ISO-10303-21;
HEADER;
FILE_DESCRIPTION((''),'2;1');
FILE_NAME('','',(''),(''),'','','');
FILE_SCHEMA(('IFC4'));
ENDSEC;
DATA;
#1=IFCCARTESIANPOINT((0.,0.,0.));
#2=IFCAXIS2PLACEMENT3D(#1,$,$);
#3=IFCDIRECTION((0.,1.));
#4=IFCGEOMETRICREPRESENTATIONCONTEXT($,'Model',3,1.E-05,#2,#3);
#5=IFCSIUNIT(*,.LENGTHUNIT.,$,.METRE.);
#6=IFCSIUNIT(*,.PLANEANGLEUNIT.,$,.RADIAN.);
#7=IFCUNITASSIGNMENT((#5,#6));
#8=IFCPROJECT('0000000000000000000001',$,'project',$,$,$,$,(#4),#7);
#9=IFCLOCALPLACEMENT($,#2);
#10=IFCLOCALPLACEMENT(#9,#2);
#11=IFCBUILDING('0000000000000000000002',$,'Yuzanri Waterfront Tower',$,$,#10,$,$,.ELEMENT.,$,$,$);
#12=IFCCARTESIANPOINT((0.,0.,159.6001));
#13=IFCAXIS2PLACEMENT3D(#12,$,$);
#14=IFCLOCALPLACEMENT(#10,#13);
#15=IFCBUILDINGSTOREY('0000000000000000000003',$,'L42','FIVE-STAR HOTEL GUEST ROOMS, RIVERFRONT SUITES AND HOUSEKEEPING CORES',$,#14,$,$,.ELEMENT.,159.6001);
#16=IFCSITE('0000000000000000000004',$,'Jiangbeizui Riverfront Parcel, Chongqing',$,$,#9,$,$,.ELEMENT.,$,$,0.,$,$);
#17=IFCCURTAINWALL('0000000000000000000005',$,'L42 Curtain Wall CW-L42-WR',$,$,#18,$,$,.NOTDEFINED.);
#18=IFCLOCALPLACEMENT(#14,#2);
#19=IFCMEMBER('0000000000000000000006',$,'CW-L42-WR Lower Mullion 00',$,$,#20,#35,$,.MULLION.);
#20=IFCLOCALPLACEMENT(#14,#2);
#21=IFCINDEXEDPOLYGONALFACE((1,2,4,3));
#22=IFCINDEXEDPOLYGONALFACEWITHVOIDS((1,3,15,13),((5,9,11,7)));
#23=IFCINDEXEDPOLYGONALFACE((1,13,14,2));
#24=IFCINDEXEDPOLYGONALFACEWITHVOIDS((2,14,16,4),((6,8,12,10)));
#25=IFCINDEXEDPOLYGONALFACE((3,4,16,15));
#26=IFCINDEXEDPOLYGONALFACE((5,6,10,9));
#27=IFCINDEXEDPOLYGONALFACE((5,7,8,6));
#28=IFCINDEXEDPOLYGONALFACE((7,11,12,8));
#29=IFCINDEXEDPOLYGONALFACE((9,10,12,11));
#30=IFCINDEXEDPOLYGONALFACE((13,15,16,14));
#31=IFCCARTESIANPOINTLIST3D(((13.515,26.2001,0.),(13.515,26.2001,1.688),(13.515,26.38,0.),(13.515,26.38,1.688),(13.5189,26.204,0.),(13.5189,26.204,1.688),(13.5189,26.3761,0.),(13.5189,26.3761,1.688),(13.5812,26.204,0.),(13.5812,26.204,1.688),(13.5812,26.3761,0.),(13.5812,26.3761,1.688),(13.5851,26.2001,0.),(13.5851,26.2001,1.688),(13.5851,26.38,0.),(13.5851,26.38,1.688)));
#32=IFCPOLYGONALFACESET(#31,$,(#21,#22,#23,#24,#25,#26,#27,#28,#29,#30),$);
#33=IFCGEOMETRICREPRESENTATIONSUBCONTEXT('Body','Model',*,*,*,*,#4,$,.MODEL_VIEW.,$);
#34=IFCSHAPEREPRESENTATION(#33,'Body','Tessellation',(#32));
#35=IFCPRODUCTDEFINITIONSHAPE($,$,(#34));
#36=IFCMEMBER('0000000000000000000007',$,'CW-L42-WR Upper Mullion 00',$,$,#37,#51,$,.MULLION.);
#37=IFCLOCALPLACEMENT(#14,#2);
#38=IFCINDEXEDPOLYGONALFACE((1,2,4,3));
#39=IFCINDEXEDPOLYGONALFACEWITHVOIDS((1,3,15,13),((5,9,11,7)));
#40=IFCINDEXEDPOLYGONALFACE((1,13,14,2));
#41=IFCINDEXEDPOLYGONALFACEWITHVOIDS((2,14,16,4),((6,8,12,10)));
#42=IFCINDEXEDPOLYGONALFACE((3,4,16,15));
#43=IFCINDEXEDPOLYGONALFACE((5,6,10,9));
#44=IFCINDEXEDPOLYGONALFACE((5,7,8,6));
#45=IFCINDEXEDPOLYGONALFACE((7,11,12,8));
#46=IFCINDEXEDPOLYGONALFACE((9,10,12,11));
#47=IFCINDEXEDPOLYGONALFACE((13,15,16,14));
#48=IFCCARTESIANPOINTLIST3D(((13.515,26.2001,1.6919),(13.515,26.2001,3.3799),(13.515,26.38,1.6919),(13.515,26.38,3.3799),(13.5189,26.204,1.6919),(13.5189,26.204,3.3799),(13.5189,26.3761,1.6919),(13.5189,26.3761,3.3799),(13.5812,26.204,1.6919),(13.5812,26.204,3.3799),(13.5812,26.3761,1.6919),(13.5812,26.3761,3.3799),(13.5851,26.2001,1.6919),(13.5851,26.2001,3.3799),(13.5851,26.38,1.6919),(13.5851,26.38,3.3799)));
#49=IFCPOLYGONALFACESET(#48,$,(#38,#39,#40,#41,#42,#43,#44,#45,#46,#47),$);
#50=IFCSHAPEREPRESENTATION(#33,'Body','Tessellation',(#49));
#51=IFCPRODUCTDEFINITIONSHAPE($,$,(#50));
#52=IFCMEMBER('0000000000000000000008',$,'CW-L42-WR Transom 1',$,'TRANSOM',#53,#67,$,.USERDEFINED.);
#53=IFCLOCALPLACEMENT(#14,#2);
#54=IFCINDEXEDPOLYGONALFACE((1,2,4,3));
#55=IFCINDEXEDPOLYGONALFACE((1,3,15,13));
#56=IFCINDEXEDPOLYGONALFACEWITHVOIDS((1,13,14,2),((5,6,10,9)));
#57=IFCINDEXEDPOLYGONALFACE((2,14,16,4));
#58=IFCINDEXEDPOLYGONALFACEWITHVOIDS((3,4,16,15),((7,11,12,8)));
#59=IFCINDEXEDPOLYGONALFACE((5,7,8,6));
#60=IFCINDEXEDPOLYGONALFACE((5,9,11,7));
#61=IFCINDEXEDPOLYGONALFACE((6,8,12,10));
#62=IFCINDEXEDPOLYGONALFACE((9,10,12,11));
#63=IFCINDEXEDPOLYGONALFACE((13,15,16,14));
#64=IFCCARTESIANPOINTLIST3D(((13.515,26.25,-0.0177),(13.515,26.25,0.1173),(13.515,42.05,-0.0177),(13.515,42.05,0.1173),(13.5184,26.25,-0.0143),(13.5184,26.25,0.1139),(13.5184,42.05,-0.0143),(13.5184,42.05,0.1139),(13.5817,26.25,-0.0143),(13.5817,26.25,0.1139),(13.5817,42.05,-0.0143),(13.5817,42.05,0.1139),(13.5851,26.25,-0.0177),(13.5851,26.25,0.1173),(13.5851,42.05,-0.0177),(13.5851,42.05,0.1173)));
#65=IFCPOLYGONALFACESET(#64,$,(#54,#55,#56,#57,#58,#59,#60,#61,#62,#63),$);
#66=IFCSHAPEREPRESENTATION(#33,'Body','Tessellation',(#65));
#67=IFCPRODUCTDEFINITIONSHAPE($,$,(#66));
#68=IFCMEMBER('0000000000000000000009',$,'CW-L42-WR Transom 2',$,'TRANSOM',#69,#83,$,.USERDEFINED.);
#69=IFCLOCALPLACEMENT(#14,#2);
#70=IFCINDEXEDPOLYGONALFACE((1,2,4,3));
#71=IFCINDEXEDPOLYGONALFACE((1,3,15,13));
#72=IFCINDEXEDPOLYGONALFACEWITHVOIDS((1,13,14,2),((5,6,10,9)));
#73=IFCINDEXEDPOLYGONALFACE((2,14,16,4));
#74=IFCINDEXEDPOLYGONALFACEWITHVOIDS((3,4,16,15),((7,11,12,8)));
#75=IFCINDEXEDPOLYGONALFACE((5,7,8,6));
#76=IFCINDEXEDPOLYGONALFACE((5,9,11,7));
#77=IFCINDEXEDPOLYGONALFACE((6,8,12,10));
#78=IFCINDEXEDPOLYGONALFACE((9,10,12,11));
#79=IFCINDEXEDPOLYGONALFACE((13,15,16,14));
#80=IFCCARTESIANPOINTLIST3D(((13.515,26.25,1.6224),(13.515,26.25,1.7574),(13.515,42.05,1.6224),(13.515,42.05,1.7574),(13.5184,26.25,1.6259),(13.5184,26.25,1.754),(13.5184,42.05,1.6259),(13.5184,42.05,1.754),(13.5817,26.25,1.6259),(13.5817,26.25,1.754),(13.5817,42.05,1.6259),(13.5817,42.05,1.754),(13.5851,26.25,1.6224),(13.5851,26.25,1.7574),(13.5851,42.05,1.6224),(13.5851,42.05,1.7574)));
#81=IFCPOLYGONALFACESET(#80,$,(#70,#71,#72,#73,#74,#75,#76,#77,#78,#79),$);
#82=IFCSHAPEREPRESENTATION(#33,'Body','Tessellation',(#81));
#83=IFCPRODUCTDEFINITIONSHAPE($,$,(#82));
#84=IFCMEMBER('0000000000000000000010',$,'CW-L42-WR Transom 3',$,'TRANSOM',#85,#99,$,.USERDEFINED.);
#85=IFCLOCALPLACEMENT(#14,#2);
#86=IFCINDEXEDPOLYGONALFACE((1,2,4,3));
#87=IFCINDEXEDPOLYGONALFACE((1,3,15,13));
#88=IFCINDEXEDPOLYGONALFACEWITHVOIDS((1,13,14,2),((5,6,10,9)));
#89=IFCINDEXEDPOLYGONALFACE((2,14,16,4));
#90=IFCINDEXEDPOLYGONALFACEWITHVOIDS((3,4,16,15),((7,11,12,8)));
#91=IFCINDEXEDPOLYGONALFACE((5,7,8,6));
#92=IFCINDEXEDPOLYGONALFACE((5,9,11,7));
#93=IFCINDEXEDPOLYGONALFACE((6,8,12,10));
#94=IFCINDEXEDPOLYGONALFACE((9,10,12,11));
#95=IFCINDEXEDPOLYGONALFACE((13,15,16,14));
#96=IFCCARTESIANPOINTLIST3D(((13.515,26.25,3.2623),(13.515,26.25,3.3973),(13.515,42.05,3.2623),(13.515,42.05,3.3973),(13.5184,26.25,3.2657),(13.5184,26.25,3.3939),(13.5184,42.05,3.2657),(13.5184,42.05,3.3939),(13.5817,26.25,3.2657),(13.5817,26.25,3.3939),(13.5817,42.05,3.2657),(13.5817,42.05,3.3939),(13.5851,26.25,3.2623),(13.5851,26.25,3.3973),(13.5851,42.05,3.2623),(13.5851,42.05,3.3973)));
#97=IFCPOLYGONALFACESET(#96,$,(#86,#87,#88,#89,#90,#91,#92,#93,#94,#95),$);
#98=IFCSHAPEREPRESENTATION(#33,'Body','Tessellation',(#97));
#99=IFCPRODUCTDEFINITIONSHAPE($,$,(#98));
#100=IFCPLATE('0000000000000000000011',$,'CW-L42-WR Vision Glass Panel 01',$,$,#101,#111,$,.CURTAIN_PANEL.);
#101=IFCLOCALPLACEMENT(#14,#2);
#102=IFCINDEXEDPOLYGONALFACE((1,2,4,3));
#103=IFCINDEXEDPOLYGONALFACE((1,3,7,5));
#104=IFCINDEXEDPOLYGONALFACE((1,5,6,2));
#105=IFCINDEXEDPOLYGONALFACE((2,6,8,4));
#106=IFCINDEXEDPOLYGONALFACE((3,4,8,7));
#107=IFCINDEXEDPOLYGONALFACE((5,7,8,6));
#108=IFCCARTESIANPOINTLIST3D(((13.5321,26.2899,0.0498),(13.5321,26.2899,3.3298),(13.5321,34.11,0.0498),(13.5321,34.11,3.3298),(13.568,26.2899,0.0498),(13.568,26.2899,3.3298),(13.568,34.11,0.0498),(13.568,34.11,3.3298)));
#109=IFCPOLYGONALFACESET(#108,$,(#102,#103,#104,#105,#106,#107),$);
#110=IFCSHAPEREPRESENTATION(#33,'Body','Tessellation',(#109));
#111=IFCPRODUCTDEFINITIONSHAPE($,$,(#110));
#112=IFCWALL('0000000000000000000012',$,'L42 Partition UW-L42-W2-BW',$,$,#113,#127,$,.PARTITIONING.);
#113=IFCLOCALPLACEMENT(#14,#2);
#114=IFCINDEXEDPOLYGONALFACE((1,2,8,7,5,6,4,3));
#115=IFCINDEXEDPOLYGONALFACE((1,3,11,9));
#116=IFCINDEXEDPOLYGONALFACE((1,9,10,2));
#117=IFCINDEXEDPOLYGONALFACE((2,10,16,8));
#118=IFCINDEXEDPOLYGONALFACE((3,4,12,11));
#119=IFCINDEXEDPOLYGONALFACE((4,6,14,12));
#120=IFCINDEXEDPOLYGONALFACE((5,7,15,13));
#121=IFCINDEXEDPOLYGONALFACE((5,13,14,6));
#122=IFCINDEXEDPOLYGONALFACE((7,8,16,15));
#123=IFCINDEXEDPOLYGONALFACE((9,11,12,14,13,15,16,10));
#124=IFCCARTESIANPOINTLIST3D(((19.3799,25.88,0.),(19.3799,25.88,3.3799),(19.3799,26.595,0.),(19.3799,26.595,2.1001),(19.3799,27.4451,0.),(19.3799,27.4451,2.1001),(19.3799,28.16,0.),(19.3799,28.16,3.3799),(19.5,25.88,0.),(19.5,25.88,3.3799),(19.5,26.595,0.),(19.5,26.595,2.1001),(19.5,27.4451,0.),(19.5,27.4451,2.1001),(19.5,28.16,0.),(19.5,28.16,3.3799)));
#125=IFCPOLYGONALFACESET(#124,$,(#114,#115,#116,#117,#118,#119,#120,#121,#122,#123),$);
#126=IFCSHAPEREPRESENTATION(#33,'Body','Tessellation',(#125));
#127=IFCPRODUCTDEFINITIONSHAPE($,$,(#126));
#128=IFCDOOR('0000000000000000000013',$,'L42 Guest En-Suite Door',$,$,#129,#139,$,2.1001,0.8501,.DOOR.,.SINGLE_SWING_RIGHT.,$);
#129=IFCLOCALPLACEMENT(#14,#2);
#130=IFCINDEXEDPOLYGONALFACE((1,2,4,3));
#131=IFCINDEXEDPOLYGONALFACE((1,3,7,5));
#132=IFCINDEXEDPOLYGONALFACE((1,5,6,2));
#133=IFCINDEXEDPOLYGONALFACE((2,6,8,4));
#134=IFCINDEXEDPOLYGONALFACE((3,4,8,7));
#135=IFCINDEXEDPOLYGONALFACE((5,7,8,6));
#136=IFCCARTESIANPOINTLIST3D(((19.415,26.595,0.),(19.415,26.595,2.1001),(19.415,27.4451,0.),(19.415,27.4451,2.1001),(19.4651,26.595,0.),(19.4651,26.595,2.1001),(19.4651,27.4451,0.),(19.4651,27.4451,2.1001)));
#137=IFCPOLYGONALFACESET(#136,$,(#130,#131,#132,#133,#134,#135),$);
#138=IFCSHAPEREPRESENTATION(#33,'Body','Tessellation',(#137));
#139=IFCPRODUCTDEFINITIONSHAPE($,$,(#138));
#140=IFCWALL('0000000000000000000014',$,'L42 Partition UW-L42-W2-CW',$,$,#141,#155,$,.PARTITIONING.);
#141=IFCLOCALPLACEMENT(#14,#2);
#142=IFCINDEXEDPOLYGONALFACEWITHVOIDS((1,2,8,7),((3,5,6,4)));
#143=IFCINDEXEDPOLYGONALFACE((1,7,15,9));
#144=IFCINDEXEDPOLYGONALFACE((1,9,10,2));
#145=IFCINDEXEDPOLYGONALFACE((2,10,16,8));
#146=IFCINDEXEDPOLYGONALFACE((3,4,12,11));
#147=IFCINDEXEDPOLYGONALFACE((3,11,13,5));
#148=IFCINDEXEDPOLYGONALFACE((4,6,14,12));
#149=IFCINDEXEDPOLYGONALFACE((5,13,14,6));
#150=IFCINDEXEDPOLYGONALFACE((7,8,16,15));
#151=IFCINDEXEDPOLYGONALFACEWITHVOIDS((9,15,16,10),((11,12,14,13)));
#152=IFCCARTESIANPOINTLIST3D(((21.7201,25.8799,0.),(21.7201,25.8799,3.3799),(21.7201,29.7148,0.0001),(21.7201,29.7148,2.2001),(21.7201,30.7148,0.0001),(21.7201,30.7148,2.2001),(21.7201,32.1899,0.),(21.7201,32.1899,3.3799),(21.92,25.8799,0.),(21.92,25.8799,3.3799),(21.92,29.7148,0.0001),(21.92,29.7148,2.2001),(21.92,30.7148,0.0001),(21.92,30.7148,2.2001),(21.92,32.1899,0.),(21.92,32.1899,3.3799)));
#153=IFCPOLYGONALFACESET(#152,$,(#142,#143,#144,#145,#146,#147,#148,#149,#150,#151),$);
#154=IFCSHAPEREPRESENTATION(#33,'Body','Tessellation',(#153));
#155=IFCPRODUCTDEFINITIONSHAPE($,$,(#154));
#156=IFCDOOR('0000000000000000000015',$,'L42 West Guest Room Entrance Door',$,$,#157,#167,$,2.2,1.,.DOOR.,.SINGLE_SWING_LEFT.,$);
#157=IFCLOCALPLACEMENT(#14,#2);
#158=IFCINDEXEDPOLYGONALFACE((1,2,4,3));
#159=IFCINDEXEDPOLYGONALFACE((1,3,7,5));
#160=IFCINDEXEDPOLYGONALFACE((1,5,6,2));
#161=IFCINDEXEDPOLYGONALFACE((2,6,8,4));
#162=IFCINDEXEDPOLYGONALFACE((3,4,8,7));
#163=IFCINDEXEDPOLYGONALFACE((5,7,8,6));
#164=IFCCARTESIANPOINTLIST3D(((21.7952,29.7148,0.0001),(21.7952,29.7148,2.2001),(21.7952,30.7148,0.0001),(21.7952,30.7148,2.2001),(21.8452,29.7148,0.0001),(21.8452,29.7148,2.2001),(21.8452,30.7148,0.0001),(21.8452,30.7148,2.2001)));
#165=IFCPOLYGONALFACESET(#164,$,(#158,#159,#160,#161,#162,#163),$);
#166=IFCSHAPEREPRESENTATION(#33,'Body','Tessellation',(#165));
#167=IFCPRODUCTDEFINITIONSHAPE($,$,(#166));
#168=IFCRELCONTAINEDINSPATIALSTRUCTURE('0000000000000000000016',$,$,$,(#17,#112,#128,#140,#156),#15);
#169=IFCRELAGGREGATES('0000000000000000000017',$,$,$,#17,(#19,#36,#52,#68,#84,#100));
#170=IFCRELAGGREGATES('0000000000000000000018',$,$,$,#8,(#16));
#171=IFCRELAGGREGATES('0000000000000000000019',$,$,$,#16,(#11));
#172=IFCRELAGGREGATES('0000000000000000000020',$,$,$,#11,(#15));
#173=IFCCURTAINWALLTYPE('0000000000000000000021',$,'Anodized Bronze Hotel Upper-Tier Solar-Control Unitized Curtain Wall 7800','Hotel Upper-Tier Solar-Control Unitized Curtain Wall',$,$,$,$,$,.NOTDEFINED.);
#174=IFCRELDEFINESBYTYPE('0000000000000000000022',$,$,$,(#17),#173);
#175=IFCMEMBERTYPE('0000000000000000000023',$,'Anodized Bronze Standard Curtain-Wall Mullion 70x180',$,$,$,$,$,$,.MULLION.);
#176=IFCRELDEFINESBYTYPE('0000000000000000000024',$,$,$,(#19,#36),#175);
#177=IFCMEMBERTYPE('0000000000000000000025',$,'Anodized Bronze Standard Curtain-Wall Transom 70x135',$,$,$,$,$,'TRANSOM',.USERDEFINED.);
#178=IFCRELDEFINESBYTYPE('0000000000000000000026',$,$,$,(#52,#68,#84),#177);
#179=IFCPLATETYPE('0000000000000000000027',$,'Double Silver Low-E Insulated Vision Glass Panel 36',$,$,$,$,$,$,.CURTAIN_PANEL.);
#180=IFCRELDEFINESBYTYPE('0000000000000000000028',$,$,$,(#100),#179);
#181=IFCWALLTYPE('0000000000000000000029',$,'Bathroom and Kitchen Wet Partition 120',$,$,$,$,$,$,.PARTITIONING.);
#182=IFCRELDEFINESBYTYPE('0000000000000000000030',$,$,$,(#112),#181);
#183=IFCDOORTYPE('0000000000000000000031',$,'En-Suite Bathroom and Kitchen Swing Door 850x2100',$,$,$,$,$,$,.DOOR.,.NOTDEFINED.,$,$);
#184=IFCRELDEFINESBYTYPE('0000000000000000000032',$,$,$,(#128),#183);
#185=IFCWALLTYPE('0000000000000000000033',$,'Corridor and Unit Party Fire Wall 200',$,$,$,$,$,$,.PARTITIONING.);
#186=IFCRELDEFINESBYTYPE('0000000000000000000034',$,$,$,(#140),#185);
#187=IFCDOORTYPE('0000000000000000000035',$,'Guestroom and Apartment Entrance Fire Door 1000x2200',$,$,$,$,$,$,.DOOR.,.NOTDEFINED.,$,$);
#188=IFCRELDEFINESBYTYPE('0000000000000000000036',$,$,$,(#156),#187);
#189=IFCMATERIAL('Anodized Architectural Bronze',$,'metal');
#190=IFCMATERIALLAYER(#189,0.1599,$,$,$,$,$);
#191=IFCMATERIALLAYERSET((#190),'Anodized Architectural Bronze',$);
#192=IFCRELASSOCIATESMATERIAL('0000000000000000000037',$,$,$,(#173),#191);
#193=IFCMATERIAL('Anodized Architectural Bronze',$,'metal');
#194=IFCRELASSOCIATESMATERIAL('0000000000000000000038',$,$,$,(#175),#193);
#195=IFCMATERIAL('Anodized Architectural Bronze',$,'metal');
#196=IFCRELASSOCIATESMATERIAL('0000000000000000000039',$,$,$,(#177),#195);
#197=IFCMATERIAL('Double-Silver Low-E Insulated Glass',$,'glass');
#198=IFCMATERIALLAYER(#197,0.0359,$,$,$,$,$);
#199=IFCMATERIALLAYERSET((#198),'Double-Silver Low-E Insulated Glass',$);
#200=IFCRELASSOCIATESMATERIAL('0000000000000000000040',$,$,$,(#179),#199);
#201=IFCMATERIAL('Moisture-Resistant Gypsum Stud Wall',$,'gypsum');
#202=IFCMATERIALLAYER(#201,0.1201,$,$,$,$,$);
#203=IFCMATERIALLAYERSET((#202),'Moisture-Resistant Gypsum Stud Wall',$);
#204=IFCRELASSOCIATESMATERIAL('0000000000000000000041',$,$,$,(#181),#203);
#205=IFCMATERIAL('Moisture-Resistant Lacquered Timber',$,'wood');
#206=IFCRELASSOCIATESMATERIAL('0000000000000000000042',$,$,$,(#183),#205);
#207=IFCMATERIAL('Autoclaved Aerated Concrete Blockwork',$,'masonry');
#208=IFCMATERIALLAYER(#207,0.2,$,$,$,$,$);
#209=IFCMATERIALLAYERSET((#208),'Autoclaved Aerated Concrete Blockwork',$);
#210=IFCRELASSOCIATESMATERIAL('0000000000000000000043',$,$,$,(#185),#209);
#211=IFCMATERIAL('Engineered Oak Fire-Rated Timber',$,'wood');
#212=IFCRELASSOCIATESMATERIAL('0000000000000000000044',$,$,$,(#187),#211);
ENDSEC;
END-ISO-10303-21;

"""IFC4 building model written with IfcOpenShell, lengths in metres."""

from ifc_helpers import new_model, si_unit, direction, frame, frame_2d, origin, origin_2d, place, context, subcontext, project, spatial, rectangle, hollow_rectangle, extrude, source, transform, mapped, material, layer, layer_set, material_profile, profile_set, type_object, element, fill, aggregate, save


model = new_model("IFC4")

# Units and contexts
model_context = context("Model", 3, precision=1e-05, world=origin(), true_north=direction((0.0, 1.0)))
body_context = subcontext(model_context, "Body", "Model", "MODEL_VIEW")
ifc_project = project(units=[si_unit("LENGTHUNIT", "METRE"), si_unit("PLANEANGLEUNIT", "RADIAN")], contexts=[model_context])

# Site, building, storey
site_placement = place(None, origin())
site = spatial("IfcSite", under=ifc_project, at=site_placement, Name="Jiangbeizui Riverfront Parcel, Chongqing", CompositionType="ELEMENT", RefElevation=0.0)
building_placement = place(site_placement, origin())
building = spatial("IfcBuilding", under=site, at=building_placement, Name="Yuzanri Waterfront Tower", CompositionType="ELEMENT")
storey_placement = place(building_placement, frame((0.0, 0.0, 159.6001)))
storey = spatial("IfcBuildingStorey", under=building, at=storey_placement, Name="L42", Description="FIVE-STAR HOTEL GUEST ROOMS, RIVERFRONT SUITES AND HOUSEKEEPING CORES", CompositionType="ELEMENT", Elevation=159.6001)

# Shared definitions
ifc_material_1 = material(Name="Anodized Architectural Bronze", Category="metal")
ifc_layer_1 = layer(ifc_material_1, 0.1599)
ifc_layer_set_1 = layer_set([ifc_layer_1], Name="Anodized Architectural Bronze")
curtain_wall_type = type_object("IfcCurtainWallType", Name="Anodized Bronze Hotel Upper-Tier Solar-Control Unitized Curtain Wall 7800", Description="Hotel Upper-Tier Solar-Control Unitized Curtain Wall", PredefinedType="NOTDEFINED", material=ifc_layer_set_1)
ifc_material_2 = material(Name="Anodized Architectural Bronze", Category="metal")
ifc_material_profile_1 = material_profile(ifc_material_2, hollow_rectangle(XDim=0.0701, YDim=0.1799, WallThickness=0.0039, at=origin_2d()), Name="CWM 70x180")
ifc_profile_set_1 = profile_set([ifc_material_profile_1], Name="Anodized Architectural Bronze")
member_type_1 = type_object("IfcMemberType", Name="Anodized Bronze Standard Curtain-Wall Mullion 70x180", PredefinedType="MULLION", material=ifc_profile_set_1)
shared_shape_1 = source(origin(), body_context, "Body", "SweptSolid", [
    extrude(hollow_rectangle(XDim=0.0701, YDim=0.1799, WallThickness=0.0039, at=origin_2d()), origin(), (0.0, 0.0, 1.0), 1.688),
])

# Curtain wall, members, plate
curtain_wall_1_placement = place(storey_placement, origin())
curtain_wall_1 = element("IfcCurtainWall", 1, at=curtain_wall_1_placement, inside=storey, type_object=curtain_wall_type, Name="L42 Curtain Wall CW-L42-WR", PredefinedType="NOTDEFINED")
member_1_placement = place(storey_placement, frame((13.55, 26.29, 0.0), z_axis=(0.0, 0.0, 1.0), x_axis=(1.0, 0.0, 0.0)))
member_1 = element("IfcMember", 2, at=member_1_placement, type_object=member_type_1, Name="CW-L42-WR Lower Mullion 00", PredefinedType="MULLION", context=body_context, shape_type="MappedRepresentation", body=[
    mapped(shared_shape_1, transform((0.0, 0.0, 0.0), scale=1.0)),
])
member_2_placement = place(storey_placement, frame((13.55, 26.29, 1.6919), z_axis=(0.0, 0.0, 1.0), x_axis=(1.0, 0.0, 0.0)))
member_2 = element("IfcMember", 3, at=member_2_placement, type_object=member_type_1, Name="CW-L42-WR Upper Mullion 00", PredefinedType="MULLION", context=body_context, shape_type="MappedRepresentation", body=[
    mapped(shared_shape_1, transform((0.0, 0.0, 0.0), scale=1.0)),
])
ifc_material_3 = material(Name="Anodized Architectural Bronze", Category="metal")
ifc_material_profile_2 = material_profile(ifc_material_3, hollow_rectangle(XDim=0.0701, YDim=0.135, WallThickness=0.0034, at=origin_2d()), Name="CWT 70x135")
ifc_profile_set_2 = profile_set([ifc_material_profile_2], Name="Anodized Architectural Bronze")
member_type_2 = type_object("IfcMemberType", Name="Anodized Bronze Standard Curtain-Wall Transom 70x135", ElementType="TRANSOM", PredefinedType="USERDEFINED", material=ifc_profile_set_2)
shared_shape_2 = source(origin(), body_context, "Body", "SweptSolid", [
    extrude(hollow_rectangle(XDim=0.0701, YDim=0.135, WallThickness=0.0034, at=origin_2d()), origin(), (0.0, 0.0, 1.0), 15.8),
])
member_3_placement = place(storey_placement, frame((13.55, 26.25, 0.0498), z_axis=(0.0, 1.0, 0.0), x_axis=(-1.0, 0.0, 0.0)))
member_3 = element("IfcMember", 4, at=member_3_placement, type_object=member_type_2, Name="CW-L42-WR Transom 1", ObjectType="TRANSOM", PredefinedType="USERDEFINED", context=body_context, shape_type="MappedRepresentation", body=[
    mapped(shared_shape_2, transform((0.0, 0.0, 0.0), scale=1.0)),
])
member_4_placement = place(storey_placement, frame((13.55, 26.25, 1.6899), z_axis=(0.0, 1.0, 0.0), x_axis=(-1.0, 0.0, 0.0)))
member_4 = element("IfcMember", 5, at=member_4_placement, type_object=member_type_2, Name="CW-L42-WR Transom 2", ObjectType="TRANSOM", PredefinedType="USERDEFINED", context=body_context, shape_type="MappedRepresentation", body=[
    mapped(shared_shape_2, transform((0.0, 0.0, 0.0), scale=1.0)),
])
member_5_placement = place(storey_placement, frame((13.55, 26.25, 3.3298), z_axis=(0.0, 1.0, 0.0), x_axis=(-1.0, 0.0, 0.0)))
member_5 = element("IfcMember", 6, at=member_5_placement, type_object=member_type_2, Name="CW-L42-WR Transom 3", ObjectType="TRANSOM", PredefinedType="USERDEFINED", context=body_context, shape_type="MappedRepresentation", body=[
    mapped(shared_shape_2, transform((0.0, 0.0, 0.0), scale=1.0)),
])
ifc_material_4 = material(Name="Double-Silver Low-E Insulated Glass", Category="glass")
ifc_layer_2 = layer(ifc_material_4, 0.0359)
ifc_layer_set_2 = layer_set([ifc_layer_2], Name="Double-Silver Low-E Insulated Glass")
plate_type = type_object("IfcPlateType", Name="Double Silver Low-E Insulated Vision Glass Panel 36", PredefinedType="CURTAIN_PANEL", material=ifc_layer_set_2)
shared_shape_3 = source(origin(), body_context, "Body", "SweptSolid", [
    extrude(rectangle(XDim=7.8201, YDim=0.0359, at=origin_2d()), origin(), (0.0, 0.0, 1.0), 3.28),
])
plate_placement = place(storey_placement, frame((13.55, 30.2, 0.0498), z_axis=(0.0, 0.0, 1.0), x_axis=(0.0, 1.0, 0.0)))
plate = element("IfcPlate", 7, at=plate_placement, type_object=plate_type, Name="CW-L42-WR Vision Glass Panel 01", PredefinedType="CURTAIN_PANEL", context=body_context, shape_type="MappedRepresentation", body=[
    mapped(shared_shape_3, transform((0.0, 0.0, 0.0), scale=1.0)),
])
aggregate(curtain_wall_1, [member_1, member_2, member_3, member_4, member_5, plate])

# Wall, opening, door
ifc_material_5 = material(Name="Moisture-Resistant Gypsum Stud Wall", Category="gypsum")
ifc_layer_3 = layer(ifc_material_5, 0.1201)
ifc_layer_set_3 = layer_set([ifc_layer_3], Name="Moisture-Resistant Gypsum Stud Wall")
wall_type_1 = type_object("IfcWallType", Name="Bathroom and Kitchen Wet Partition 120", PredefinedType="PARTITIONING", material=ifc_layer_set_3)
wall_1_placement = place(storey_placement, frame((19.4399, 25.8799, 0.0), z_axis=(0.0, 0.0, 1.0), x_axis=(0.0, 1.0, 0.0)))
wall_1 = element("IfcWall", 8, at=wall_1_placement, inside=storey, type_object=wall_type_1, Name="L42 Partition UW-L42-W2-BW", PredefinedType="PARTITIONING", context=body_context, shape_type="SweptSolid", body=[
    extrude(rectangle(XDim=2.28, YDim=0.1201, at=frame_2d((1.1401, 0.0))), origin(), (0.0, 0.0, 1.0), 3.3799),
])
opening_1_placement = place(wall_1_placement, frame((0.7151, 0.0, 0.0)))
opening_1 = element("IfcOpeningElement", 9, at=opening_1_placement, cuts=wall_1, PredefinedType="OPENING", context=body_context, shape_type="SweptSolid", body=[
    extrude(rectangle(XDim=0.8501, YDim=2.1001, at=frame_2d((0.425, 1.05))), frame((0.0, 0.075, 0.0), z_axis=(0.0, -1.0, 0.0), x_axis=(1.0, 0.0, 0.0)), (0.0, 0.0, 1.0), 0.1499),
])
ifc_material_6 = material(Name="Moisture-Resistant Lacquered Timber", Category="wood")
door_type_1 = type_object("IfcDoorType", Name="En-Suite Bathroom and Kitchen Swing Door 850x2100", OperationType="NOTDEFINED", PredefinedType="DOOR", material=ifc_material_6)
shared_shape_4 = source(origin(), body_context, "Body", "SweptSolid", [
    extrude(rectangle(XDim=0.8501, YDim=2.1001, at=frame_2d((0.425, 1.05))), frame((0.0, 0.0249, 0.0), z_axis=(0.0, -1.0, 0.0), x_axis=(1.0, 0.0, 0.0)), (0.0, 0.0, 1.0), 0.05),
])
door_1_placement = place(opening_1_placement, origin())
door_1 = element("IfcDoor", 10, at=door_1_placement, inside=storey, type_object=door_type_1, Name="L42 Guest En-Suite Door", OperationType="SINGLE_SWING_RIGHT", OverallHeight=2.1001, OverallWidth=0.8501, PredefinedType="DOOR", context=body_context, shape_type="MappedRepresentation", body=[
    mapped(shared_shape_4, transform((0.0, 0.0, 0.0), scale=1.0)),
])
fill(opening_1, door_1)

# Wall, opening, door
ifc_material_7 = material(Name="Autoclaved Aerated Concrete Blockwork", Category="masonry")
ifc_layer_4 = layer(ifc_material_7, 0.2)
ifc_layer_set_4 = layer_set([ifc_layer_4], Name="Autoclaved Aerated Concrete Blockwork")
wall_type_2 = type_object("IfcWallType", Name="Corridor and Unit Party Fire Wall 200", PredefinedType="PARTITIONING", material=ifc_layer_set_4)
wall_2_placement = place(storey_placement, frame((21.8201, 25.8799, 0.0), z_axis=(0.0, 0.0, 1.0), x_axis=(0.0, 1.0, 0.0)))
wall_2 = element("IfcWall", 11, at=wall_2_placement, inside=storey, type_object=wall_type_2, Name="L42 Partition UW-L42-W2-CW", PredefinedType="PARTITIONING", context=body_context, shape_type="SweptSolid", body=[
    extrude(rectangle(XDim=6.3101, YDim=0.2, at=frame_2d((3.155, 0.0))), origin(), (0.0, 0.0, 1.0), 3.3799),
])
opening_2_placement = place(wall_2_placement, frame((3.835, 0.0, 0.0)))
opening_2 = element("IfcOpeningElement", 12, at=opening_2_placement, cuts=wall_2, PredefinedType="OPENING", context=body_context, shape_type="SweptSolid", body=[
    extrude(rectangle(XDim=1.0, YDim=2.2, at=frame_2d((0.5, 1.1001))), frame((0.0, 0.1147, 0.0), z_axis=(0.0, -1.0, 0.0), x_axis=(1.0, 0.0, 0.0)), (0.0, 0.0, 1.0), 0.2297),
])
ifc_material_8 = material(Name="Engineered Oak Fire-Rated Timber", Category="wood")
door_type_2 = type_object("IfcDoorType", Name="Guestroom and Apartment Entrance Fire Door 1000x2200", OperationType="NOTDEFINED", PredefinedType="DOOR", material=ifc_material_8)
shared_shape_5 = source(origin(), body_context, "Body", "SweptSolid", [
    extrude(rectangle(XDim=1.0, YDim=2.2, at=frame_2d((0.5, 1.1001))), frame((0.0, 0.0249, 0.0), z_axis=(0.0, -1.0, 0.0), x_axis=(1.0, 0.0, 0.0)), (0.0, 0.0, 1.0), 0.05),
])
door_2_placement = place(opening_2_placement, origin())
door_2 = element("IfcDoor", 13, at=door_2_placement, inside=storey, type_object=door_type_2, Name="L42 West Guest Room Entrance Door", OperationType="SINGLE_SWING_LEFT", OverallHeight=2.2, OverallWidth=1.0, PredefinedType="DOOR", context=body_context, shape_type="MappedRepresentation", body=[
    mapped(shared_shape_5, transform((0.0, 0.0, 0.0), scale=1.0)),
])
fill(opening_2, door_2)

save(model, "model.ifc")
